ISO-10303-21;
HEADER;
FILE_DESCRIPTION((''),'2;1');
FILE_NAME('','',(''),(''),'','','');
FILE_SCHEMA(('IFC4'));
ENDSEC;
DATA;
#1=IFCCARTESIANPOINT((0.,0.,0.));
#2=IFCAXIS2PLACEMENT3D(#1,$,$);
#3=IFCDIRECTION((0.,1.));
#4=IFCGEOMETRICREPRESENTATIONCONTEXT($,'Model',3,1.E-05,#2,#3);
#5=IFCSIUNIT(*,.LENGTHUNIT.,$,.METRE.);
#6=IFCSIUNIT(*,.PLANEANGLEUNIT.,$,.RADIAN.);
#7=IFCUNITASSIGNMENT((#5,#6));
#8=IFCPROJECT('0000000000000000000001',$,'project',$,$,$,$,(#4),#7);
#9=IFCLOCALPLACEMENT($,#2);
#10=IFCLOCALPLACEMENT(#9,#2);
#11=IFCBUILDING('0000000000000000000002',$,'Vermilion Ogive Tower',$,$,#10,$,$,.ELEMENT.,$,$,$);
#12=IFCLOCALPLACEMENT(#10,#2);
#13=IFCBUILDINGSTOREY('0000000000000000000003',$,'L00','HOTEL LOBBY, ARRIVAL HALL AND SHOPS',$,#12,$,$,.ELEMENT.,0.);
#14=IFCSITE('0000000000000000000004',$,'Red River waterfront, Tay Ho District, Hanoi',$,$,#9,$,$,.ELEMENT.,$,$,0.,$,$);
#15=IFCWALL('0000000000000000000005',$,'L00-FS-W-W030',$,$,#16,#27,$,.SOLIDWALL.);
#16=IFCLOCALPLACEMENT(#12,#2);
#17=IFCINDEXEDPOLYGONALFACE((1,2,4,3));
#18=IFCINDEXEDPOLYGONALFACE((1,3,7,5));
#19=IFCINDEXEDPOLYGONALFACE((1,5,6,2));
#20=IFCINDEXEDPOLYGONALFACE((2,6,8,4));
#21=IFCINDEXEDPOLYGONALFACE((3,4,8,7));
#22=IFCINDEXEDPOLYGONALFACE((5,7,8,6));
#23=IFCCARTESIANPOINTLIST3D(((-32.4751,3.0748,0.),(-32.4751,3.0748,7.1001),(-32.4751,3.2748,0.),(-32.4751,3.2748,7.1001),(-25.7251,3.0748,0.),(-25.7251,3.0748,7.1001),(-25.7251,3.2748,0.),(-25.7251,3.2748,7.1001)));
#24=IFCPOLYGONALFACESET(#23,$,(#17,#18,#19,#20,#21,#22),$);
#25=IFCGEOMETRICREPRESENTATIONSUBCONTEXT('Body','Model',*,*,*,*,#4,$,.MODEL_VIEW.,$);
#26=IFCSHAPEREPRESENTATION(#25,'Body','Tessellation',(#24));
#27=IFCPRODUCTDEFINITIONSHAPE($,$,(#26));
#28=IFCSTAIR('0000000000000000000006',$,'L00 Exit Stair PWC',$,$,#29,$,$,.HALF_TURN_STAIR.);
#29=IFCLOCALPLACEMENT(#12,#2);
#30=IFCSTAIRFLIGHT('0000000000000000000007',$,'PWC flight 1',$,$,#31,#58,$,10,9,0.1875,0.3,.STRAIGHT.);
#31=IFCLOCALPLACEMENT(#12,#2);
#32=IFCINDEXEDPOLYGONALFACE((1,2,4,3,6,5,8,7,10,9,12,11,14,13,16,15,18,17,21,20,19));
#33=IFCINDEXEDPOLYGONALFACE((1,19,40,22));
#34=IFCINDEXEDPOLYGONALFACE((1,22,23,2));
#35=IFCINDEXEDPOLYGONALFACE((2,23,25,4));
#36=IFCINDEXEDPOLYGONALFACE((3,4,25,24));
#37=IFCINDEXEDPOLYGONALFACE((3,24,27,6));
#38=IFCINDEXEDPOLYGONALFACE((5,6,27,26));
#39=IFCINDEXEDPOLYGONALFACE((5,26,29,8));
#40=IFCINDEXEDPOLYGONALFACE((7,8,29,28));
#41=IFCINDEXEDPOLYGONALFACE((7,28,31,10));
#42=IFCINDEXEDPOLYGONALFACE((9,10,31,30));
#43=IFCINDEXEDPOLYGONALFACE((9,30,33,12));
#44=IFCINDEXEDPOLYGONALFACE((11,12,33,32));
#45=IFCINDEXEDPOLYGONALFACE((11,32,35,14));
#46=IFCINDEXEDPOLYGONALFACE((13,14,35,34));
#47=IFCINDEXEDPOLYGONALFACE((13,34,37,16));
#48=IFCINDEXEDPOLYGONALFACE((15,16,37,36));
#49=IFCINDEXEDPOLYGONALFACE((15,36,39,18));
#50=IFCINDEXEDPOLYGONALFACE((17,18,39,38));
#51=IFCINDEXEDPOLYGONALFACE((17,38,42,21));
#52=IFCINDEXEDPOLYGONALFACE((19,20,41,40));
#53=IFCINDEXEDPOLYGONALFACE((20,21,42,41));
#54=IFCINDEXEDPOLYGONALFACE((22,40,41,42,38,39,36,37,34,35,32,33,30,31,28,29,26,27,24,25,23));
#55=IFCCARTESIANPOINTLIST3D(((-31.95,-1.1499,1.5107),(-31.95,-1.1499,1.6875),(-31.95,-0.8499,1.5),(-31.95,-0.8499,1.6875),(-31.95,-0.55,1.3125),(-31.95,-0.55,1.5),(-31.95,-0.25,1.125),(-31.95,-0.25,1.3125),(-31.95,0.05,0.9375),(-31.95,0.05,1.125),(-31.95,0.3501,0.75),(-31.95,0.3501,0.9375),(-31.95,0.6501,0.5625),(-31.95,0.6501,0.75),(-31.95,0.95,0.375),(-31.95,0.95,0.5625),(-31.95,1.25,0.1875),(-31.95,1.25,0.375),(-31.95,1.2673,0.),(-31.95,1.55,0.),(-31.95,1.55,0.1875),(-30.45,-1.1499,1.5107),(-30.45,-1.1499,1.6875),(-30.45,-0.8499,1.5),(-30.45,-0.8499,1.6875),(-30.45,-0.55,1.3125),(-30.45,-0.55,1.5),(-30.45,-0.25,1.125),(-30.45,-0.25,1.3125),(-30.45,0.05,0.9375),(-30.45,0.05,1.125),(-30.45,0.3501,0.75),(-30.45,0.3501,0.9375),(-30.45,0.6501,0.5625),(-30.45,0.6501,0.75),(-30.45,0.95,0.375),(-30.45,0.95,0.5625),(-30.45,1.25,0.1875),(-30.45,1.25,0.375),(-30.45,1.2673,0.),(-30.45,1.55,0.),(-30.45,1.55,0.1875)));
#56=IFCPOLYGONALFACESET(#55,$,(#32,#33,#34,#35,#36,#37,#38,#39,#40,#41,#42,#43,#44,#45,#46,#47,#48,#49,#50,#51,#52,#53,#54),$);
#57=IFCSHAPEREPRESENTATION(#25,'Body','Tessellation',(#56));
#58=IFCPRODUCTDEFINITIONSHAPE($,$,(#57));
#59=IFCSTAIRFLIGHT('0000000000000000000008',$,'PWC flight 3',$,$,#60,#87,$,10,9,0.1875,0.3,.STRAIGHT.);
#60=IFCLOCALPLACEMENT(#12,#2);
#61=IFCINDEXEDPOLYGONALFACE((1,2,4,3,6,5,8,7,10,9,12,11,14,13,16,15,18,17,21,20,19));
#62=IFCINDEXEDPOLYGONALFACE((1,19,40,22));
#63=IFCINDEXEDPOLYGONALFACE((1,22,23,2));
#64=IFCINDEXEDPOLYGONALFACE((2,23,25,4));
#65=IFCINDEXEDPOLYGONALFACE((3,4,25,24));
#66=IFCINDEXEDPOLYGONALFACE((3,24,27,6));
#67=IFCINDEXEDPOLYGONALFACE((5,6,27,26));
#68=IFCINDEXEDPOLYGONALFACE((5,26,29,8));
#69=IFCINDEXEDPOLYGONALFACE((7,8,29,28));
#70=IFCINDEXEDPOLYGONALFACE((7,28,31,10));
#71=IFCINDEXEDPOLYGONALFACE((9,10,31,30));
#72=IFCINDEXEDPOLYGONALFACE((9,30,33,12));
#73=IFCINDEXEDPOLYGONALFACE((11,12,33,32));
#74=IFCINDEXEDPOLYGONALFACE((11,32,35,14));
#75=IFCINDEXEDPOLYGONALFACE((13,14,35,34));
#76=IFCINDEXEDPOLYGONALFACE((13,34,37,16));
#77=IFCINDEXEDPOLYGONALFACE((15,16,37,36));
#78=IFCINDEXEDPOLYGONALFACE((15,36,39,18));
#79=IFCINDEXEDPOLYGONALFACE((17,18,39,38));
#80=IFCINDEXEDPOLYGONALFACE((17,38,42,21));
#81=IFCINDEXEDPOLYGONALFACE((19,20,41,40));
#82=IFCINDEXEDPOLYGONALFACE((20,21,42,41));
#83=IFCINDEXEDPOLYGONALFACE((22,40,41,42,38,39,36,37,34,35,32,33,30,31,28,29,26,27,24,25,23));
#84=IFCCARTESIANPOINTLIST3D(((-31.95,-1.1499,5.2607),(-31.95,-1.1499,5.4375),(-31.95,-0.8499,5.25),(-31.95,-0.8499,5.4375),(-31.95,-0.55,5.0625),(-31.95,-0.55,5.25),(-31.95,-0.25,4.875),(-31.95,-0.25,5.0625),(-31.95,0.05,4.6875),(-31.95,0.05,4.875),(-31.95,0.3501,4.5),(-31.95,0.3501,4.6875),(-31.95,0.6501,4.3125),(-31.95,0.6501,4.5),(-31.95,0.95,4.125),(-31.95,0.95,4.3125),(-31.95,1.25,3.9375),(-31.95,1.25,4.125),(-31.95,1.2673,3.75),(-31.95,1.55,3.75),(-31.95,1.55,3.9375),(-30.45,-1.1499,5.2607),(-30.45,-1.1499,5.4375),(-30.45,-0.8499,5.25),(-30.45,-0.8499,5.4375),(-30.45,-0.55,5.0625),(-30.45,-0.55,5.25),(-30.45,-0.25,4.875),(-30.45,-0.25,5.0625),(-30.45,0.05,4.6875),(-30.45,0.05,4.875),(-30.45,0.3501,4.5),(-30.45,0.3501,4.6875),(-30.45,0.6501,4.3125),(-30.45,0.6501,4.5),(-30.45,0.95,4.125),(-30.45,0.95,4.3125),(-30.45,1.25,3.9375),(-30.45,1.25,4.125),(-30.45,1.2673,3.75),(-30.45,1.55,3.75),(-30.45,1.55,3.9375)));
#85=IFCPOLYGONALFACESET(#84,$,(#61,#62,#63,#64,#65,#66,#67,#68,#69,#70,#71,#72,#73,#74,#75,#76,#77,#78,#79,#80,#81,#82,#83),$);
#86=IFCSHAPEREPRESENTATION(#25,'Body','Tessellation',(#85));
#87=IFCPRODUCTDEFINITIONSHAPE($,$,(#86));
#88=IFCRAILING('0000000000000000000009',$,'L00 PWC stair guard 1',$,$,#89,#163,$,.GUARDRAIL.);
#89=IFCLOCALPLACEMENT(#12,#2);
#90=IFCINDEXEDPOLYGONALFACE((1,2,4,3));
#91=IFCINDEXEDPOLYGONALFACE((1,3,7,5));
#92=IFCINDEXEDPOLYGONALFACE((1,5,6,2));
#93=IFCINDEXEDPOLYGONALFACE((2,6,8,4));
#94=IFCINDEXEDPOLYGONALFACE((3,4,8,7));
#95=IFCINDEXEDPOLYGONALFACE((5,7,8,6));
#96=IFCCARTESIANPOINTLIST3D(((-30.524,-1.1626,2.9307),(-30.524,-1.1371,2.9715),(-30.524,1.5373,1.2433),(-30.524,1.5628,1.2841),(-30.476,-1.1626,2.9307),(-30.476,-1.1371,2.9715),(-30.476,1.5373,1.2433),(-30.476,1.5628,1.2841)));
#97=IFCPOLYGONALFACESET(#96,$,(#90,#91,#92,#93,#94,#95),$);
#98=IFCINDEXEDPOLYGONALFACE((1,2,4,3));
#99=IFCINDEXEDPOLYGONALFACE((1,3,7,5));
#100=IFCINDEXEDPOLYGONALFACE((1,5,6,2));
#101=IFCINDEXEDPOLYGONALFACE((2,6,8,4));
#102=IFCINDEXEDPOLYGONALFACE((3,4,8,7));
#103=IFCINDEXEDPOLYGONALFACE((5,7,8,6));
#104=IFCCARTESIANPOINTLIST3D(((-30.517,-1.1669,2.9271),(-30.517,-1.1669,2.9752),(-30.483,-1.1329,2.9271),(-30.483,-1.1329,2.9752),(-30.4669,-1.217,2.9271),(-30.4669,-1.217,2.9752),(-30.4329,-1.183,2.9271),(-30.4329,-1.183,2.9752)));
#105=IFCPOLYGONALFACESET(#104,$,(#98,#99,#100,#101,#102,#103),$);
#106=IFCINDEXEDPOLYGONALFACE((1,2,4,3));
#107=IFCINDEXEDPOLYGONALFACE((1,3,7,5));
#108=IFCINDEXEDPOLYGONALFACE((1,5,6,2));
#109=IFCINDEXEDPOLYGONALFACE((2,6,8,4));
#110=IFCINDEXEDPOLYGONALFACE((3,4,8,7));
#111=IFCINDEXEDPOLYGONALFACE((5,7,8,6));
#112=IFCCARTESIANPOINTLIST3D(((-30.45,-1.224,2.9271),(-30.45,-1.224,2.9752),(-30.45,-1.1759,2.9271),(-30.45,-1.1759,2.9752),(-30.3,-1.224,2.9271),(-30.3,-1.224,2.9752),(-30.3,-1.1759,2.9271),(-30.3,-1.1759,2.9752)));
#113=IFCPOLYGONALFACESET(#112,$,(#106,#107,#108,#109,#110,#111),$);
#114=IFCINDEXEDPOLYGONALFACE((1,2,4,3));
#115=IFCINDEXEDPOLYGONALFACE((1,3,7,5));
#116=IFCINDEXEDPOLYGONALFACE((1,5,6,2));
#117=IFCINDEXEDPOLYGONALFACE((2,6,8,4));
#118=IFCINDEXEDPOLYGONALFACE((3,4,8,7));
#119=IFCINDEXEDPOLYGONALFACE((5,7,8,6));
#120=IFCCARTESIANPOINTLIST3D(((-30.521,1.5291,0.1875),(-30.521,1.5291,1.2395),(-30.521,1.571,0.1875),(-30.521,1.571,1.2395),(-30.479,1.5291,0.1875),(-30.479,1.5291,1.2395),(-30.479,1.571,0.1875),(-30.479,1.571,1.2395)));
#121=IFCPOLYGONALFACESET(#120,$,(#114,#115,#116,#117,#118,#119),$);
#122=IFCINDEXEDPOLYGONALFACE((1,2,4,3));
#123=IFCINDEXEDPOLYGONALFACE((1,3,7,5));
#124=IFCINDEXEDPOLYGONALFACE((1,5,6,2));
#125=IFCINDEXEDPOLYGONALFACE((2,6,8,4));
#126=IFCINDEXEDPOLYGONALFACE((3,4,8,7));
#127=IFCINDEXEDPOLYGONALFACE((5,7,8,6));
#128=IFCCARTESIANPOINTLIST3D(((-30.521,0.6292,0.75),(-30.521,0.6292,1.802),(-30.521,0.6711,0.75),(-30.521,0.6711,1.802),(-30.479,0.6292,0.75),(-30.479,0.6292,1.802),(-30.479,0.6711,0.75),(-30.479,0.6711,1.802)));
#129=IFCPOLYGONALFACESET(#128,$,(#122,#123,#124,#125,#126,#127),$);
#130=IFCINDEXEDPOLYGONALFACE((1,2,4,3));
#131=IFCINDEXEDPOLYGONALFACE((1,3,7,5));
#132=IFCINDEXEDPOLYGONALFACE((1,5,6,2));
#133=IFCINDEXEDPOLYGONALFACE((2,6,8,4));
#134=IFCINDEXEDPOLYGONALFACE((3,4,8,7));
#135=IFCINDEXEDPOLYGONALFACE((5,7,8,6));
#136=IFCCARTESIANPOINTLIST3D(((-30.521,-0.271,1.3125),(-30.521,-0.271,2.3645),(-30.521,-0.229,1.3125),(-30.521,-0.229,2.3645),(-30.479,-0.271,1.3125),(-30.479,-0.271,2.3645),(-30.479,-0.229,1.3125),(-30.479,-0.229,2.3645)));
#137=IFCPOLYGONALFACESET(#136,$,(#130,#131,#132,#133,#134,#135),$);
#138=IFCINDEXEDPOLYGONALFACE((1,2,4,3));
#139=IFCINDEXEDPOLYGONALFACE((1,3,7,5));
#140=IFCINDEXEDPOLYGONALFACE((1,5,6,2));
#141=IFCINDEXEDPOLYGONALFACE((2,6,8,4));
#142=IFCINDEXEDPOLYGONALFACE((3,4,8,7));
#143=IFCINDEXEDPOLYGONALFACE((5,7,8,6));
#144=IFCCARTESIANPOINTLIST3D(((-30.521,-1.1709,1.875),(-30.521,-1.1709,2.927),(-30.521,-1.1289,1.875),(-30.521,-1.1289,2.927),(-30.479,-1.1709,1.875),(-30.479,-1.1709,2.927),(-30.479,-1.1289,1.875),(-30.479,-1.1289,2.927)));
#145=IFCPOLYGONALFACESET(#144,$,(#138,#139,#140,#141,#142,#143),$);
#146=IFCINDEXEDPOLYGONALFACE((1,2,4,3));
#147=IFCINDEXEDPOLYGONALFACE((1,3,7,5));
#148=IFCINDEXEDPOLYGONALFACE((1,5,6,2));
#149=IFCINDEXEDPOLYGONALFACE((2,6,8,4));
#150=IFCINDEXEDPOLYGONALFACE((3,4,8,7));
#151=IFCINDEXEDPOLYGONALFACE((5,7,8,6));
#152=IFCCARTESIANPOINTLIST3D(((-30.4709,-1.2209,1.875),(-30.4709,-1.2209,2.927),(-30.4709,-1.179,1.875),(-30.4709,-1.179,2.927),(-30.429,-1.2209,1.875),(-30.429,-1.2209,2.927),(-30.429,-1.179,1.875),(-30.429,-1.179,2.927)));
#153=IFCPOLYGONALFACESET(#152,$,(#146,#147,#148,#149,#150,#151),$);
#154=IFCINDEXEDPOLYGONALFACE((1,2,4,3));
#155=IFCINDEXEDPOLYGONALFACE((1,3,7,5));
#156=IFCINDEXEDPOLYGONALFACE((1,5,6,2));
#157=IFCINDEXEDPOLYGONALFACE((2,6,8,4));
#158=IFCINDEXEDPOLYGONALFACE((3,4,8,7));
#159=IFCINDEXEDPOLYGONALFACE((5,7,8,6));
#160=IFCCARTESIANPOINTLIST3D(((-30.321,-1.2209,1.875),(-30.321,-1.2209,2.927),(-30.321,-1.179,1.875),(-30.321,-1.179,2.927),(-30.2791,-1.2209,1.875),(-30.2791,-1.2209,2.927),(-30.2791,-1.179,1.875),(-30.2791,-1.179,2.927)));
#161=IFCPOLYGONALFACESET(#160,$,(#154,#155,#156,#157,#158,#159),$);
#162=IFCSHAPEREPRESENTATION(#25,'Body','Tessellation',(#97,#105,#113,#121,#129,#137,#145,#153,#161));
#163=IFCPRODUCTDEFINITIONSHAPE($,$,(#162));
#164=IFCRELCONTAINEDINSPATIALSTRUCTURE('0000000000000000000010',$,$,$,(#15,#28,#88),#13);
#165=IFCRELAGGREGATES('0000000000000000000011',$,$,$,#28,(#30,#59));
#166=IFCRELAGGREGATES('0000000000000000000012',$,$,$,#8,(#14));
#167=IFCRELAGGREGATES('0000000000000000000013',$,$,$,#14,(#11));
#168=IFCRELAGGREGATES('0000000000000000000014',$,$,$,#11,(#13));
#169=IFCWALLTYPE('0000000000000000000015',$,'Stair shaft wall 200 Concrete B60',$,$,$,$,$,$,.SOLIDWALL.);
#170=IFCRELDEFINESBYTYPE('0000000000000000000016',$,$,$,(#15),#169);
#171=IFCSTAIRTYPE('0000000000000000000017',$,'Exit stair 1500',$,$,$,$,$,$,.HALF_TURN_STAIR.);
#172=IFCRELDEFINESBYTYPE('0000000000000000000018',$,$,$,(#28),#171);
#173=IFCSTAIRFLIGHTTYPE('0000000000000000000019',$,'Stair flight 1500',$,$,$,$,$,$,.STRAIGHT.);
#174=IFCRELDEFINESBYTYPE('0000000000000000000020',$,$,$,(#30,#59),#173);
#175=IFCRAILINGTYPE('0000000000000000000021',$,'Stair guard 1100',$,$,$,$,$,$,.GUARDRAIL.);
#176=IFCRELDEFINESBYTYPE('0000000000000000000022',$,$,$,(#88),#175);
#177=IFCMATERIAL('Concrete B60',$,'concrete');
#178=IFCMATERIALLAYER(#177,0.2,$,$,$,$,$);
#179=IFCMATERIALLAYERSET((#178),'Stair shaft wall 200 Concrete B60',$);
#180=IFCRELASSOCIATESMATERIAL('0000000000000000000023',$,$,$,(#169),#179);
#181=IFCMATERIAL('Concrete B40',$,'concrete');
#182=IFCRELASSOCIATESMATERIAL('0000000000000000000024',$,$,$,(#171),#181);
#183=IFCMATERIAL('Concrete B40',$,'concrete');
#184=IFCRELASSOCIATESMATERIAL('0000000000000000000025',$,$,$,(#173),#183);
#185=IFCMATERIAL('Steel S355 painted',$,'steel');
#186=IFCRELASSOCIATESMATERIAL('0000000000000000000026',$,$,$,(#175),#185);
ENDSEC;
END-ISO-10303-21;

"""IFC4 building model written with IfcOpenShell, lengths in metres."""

from ifc_helpers import new_model, si_unit, direction, frame, frame_2d, origin, origin_2d, place, context, subcontext, project, spatial, polyline, rectangle, outline, extrude, material, layer, layer_set, type_object, element, aggregate, save


model = new_model("IFC4")

# Units and contexts
model_context = context("Model", 3, precision=1e-05, world=origin(), true_north=direction((0.0, 1.0)))
body_context = subcontext(model_context, "Body", "Model", "MODEL_VIEW")
ifc_project = project(units=[si_unit("LENGTHUNIT", "METRE"), si_unit("PLANEANGLEUNIT", "RADIAN")], contexts=[model_context])

# Site, building, storey
site_placement = place(None, origin())
site = spatial("IfcSite", under=ifc_project, at=site_placement, Name="Red River waterfront, Tay Ho District, Hanoi", CompositionType="ELEMENT", RefElevation=0.0)
building_placement = place(site_placement, origin())
building = spatial("IfcBuilding", under=site, at=building_placement, Name="Vermilion Ogive Tower", CompositionType="ELEMENT")
storey_placement = place(building_placement, origin())
storey = spatial("IfcBuildingStorey", under=building, at=storey_placement, Name="L00", Description="HOTEL LOBBY, ARRIVAL HALL AND SHOPS", CompositionType="ELEMENT", Elevation=0.0)

# Wall
ifc_material_1 = material(Name="Concrete B60", Category="concrete")
ifc_layer_1 = layer(ifc_material_1, 0.2)
ifc_layer_set_1 = layer_set([ifc_layer_1], Name="Stair shaft wall 200 Concrete B60")
wall_type_1 = type_object("IfcWallType", Name="Stair shaft wall 200 Concrete B60", PredefinedType="SOLIDWALL", material=ifc_layer_set_1)
wall_1_placement = place(storey_placement, frame((-32.4751, 3.1748, 0.0), z_axis=(0.0, 0.0, 1.0), x_axis=(1.0, 0.0, 0.0)))
element("IfcWall", 1, at=wall_1_placement, inside=storey, type_object=wall_type_1, Name="L00-FS-W-W030", PredefinedType="SOLIDWALL", context=body_context, shape_type="SweptSolid", body=[
    extrude(rectangle(XDim=6.75, YDim=0.2, at=frame_2d((3.375, 0.0))), origin(), (0.0, 0.0, 1.0), 7.1001),
])

# Stair, stair flights
ifc_material_2 = material(Name="Concrete B40", Category="concrete")
stair_type = type_object("IfcStairType", Name="Exit stair 1500", PredefinedType="HALF_TURN_STAIR", material=ifc_material_2)
stair_placement = place(storey_placement, origin())
stair = element("IfcStair", 2, at=stair_placement, inside=storey, type_object=stair_type, Name="L00 Exit Stair PWC", PredefinedType="HALF_TURN_STAIR")
ifc_material_3 = material(Name="Concrete B40", Category="concrete")
stair_flight_type = type_object("IfcStairFlightType", Name="Stair flight 1500", PredefinedType="STRAIGHT", material=ifc_material_3)
stair_flight_1_placement = place(storey_placement, frame((-31.2, 1.55, 0.0), z_axis=(0.0, 0.0, 1.0), x_axis=(0.0, -1.0, 0.0)))
stair_flight_1 = element("IfcStairFlight", 3, at=stair_flight_1_placement, type_object=stair_flight_type, Name="PWC flight 1", NumberOfRisers=10, NumberOfTreads=9, PredefinedType="STRAIGHT", RiserHeight=0.1875, TreadLength=0.3, context=body_context, shape_type="SweptSolid", body=[
    extrude(outline(polyline([(0.0, 0.0), (0.0, 0.1875), (0.3, 0.1875), (0.3, 0.375), (0.6001, 0.375), (0.6001, 0.5625), (0.8999, 0.5625), (0.8999, 0.75), (1.2, 0.75), (1.2, 0.9375), (1.5, 0.9375), (1.5, 1.125), (1.8, 1.125), (1.8, 1.3125), (2.1001, 1.3125), (2.1001, 1.5), (2.3999, 1.5), (2.3999, 1.6875), (2.7, 1.6875), (2.7, 1.875), (2.7, 1.5107), (0.2827, 0.0), (0.0, 0.0)])), frame((0.0, 0.75, 0.0), z_axis=(0.0, -1.0, 0.0), x_axis=(1.0, 0.0, 0.0)), (0.0, 0.0, 1.0), 1.5),
])
stair_flight_2_placement = place(storey_placement, frame((-31.2, 1.55, 3.75), z_axis=(0.0, 0.0, 1.0), x_axis=(0.0, -1.0, 0.0)))
stair_flight_2 = element("IfcStairFlight", 4, at=stair_flight_2_placement, type_object=stair_flight_type, Name="PWC flight 3", NumberOfRisers=10, NumberOfTreads=9, PredefinedType="STRAIGHT", RiserHeight=0.1875, TreadLength=0.3, context=body_context, shape_type="SweptSolid", body=[
    extrude(outline(polyline([(0.0, 0.0), (0.0, 0.1875), (0.3, 0.1875), (0.3, 0.375), (0.6001, 0.375), (0.6001, 0.5625), (0.8999, 0.5625), (0.8999, 0.75), (1.2, 0.75), (1.2, 0.9375), (1.5, 0.9375), (1.5, 1.125), (1.8, 1.125), (1.8, 1.3125), (2.1001, 1.3125), (2.1001, 1.5), (2.3999, 1.5), (2.3999, 1.6875), (2.7, 1.6875), (2.7, 1.875), (2.7, 1.5107), (0.2827, 0.0), (0.0, 0.0)])), frame((0.0, 0.75, 0.0), z_axis=(0.0, -1.0, 0.0), x_axis=(1.0, 0.0, 0.0)), (0.0, 0.0, 1.0), 1.5),
])
aggregate(stair, [stair_flight_1, stair_flight_2])

# Railing
ifc_material_4 = material(Name="Steel S355 painted", Category="steel")
railing_type_1 = type_object("IfcRailingType", Name="Stair guard 1100", PredefinedType="GUARDRAIL", material=ifc_material_4)
for number, where, name in (
    (5, (-30.5, 1.55, 0.1875), "L00 PWC stair guard 1"),
):
    element("IfcRailing", number, at=place(storey_placement, frame(where)), inside=storey, type_object=railing_type_1, Name=name, PredefinedType="GUARDRAIL", context=body_context, shape_type="SweptSolid", body=[
        extrude(rectangle(XDim=0.0481, YDim=0.0481, at=origin_2d()), frame((0.0, 0.0, 1.0762), z_axis=(0.0, -0.847994, 0.530006), x_axis=(1.0, 0.0, 0.0)), (0.0, 0.0, 1.0), 3.1838),
        extrude(rectangle(XDim=0.0481, YDim=0.0481, at=origin_2d()), frame((0.0, -2.7, 2.7637), z_axis=(0.707107, -0.707107, 0.0), x_axis=(0.707107, 0.707107, 0.0)), (0.0, 0.0, 1.0), 0.0708),
        extrude(rectangle(XDim=0.0481, YDim=0.0481, at=origin_2d()), frame((0.05, -2.75, 2.7637), z_axis=(1.0, 0.0, 0.0), x_axis=(0.0, 1.0, 0.0)), (0.0, 0.0, 1.0), 0.1499),
        extrude(rectangle(XDim=0.042, YDim=0.042, at=origin_2d()), origin(), (0.0, 0.0, 1.0), 1.052),
        extrude(rectangle(XDim=0.042, YDim=0.042, at=origin_2d()), frame((0.0, -0.8999, 0.5625)), (0.0, 0.0, 1.0), 1.052),
        extrude(rectangle(XDim=0.042, YDim=0.042, at=origin_2d()), frame((0.0, -1.8, 1.125)), (0.0, 0.0, 1.0), 1.052),
        extrude(rectangle(XDim=0.042, YDim=0.042, at=origin_2d()), frame((0.0, -2.7, 1.6875)), (0.0, 0.0, 1.0), 1.052),
        extrude(rectangle(XDim=0.042, YDim=0.042, at=origin_2d()), frame((0.05, -2.75, 1.6875)), (0.0, 0.0, 1.0), 1.052),
        extrude(rectangle(XDim=0.042, YDim=0.042, at=origin_2d()), frame((0.2, -2.75, 1.6875)), (0.0, 0.0, 1.0), 1.052),
    ])

save(model, "model.ifc")
